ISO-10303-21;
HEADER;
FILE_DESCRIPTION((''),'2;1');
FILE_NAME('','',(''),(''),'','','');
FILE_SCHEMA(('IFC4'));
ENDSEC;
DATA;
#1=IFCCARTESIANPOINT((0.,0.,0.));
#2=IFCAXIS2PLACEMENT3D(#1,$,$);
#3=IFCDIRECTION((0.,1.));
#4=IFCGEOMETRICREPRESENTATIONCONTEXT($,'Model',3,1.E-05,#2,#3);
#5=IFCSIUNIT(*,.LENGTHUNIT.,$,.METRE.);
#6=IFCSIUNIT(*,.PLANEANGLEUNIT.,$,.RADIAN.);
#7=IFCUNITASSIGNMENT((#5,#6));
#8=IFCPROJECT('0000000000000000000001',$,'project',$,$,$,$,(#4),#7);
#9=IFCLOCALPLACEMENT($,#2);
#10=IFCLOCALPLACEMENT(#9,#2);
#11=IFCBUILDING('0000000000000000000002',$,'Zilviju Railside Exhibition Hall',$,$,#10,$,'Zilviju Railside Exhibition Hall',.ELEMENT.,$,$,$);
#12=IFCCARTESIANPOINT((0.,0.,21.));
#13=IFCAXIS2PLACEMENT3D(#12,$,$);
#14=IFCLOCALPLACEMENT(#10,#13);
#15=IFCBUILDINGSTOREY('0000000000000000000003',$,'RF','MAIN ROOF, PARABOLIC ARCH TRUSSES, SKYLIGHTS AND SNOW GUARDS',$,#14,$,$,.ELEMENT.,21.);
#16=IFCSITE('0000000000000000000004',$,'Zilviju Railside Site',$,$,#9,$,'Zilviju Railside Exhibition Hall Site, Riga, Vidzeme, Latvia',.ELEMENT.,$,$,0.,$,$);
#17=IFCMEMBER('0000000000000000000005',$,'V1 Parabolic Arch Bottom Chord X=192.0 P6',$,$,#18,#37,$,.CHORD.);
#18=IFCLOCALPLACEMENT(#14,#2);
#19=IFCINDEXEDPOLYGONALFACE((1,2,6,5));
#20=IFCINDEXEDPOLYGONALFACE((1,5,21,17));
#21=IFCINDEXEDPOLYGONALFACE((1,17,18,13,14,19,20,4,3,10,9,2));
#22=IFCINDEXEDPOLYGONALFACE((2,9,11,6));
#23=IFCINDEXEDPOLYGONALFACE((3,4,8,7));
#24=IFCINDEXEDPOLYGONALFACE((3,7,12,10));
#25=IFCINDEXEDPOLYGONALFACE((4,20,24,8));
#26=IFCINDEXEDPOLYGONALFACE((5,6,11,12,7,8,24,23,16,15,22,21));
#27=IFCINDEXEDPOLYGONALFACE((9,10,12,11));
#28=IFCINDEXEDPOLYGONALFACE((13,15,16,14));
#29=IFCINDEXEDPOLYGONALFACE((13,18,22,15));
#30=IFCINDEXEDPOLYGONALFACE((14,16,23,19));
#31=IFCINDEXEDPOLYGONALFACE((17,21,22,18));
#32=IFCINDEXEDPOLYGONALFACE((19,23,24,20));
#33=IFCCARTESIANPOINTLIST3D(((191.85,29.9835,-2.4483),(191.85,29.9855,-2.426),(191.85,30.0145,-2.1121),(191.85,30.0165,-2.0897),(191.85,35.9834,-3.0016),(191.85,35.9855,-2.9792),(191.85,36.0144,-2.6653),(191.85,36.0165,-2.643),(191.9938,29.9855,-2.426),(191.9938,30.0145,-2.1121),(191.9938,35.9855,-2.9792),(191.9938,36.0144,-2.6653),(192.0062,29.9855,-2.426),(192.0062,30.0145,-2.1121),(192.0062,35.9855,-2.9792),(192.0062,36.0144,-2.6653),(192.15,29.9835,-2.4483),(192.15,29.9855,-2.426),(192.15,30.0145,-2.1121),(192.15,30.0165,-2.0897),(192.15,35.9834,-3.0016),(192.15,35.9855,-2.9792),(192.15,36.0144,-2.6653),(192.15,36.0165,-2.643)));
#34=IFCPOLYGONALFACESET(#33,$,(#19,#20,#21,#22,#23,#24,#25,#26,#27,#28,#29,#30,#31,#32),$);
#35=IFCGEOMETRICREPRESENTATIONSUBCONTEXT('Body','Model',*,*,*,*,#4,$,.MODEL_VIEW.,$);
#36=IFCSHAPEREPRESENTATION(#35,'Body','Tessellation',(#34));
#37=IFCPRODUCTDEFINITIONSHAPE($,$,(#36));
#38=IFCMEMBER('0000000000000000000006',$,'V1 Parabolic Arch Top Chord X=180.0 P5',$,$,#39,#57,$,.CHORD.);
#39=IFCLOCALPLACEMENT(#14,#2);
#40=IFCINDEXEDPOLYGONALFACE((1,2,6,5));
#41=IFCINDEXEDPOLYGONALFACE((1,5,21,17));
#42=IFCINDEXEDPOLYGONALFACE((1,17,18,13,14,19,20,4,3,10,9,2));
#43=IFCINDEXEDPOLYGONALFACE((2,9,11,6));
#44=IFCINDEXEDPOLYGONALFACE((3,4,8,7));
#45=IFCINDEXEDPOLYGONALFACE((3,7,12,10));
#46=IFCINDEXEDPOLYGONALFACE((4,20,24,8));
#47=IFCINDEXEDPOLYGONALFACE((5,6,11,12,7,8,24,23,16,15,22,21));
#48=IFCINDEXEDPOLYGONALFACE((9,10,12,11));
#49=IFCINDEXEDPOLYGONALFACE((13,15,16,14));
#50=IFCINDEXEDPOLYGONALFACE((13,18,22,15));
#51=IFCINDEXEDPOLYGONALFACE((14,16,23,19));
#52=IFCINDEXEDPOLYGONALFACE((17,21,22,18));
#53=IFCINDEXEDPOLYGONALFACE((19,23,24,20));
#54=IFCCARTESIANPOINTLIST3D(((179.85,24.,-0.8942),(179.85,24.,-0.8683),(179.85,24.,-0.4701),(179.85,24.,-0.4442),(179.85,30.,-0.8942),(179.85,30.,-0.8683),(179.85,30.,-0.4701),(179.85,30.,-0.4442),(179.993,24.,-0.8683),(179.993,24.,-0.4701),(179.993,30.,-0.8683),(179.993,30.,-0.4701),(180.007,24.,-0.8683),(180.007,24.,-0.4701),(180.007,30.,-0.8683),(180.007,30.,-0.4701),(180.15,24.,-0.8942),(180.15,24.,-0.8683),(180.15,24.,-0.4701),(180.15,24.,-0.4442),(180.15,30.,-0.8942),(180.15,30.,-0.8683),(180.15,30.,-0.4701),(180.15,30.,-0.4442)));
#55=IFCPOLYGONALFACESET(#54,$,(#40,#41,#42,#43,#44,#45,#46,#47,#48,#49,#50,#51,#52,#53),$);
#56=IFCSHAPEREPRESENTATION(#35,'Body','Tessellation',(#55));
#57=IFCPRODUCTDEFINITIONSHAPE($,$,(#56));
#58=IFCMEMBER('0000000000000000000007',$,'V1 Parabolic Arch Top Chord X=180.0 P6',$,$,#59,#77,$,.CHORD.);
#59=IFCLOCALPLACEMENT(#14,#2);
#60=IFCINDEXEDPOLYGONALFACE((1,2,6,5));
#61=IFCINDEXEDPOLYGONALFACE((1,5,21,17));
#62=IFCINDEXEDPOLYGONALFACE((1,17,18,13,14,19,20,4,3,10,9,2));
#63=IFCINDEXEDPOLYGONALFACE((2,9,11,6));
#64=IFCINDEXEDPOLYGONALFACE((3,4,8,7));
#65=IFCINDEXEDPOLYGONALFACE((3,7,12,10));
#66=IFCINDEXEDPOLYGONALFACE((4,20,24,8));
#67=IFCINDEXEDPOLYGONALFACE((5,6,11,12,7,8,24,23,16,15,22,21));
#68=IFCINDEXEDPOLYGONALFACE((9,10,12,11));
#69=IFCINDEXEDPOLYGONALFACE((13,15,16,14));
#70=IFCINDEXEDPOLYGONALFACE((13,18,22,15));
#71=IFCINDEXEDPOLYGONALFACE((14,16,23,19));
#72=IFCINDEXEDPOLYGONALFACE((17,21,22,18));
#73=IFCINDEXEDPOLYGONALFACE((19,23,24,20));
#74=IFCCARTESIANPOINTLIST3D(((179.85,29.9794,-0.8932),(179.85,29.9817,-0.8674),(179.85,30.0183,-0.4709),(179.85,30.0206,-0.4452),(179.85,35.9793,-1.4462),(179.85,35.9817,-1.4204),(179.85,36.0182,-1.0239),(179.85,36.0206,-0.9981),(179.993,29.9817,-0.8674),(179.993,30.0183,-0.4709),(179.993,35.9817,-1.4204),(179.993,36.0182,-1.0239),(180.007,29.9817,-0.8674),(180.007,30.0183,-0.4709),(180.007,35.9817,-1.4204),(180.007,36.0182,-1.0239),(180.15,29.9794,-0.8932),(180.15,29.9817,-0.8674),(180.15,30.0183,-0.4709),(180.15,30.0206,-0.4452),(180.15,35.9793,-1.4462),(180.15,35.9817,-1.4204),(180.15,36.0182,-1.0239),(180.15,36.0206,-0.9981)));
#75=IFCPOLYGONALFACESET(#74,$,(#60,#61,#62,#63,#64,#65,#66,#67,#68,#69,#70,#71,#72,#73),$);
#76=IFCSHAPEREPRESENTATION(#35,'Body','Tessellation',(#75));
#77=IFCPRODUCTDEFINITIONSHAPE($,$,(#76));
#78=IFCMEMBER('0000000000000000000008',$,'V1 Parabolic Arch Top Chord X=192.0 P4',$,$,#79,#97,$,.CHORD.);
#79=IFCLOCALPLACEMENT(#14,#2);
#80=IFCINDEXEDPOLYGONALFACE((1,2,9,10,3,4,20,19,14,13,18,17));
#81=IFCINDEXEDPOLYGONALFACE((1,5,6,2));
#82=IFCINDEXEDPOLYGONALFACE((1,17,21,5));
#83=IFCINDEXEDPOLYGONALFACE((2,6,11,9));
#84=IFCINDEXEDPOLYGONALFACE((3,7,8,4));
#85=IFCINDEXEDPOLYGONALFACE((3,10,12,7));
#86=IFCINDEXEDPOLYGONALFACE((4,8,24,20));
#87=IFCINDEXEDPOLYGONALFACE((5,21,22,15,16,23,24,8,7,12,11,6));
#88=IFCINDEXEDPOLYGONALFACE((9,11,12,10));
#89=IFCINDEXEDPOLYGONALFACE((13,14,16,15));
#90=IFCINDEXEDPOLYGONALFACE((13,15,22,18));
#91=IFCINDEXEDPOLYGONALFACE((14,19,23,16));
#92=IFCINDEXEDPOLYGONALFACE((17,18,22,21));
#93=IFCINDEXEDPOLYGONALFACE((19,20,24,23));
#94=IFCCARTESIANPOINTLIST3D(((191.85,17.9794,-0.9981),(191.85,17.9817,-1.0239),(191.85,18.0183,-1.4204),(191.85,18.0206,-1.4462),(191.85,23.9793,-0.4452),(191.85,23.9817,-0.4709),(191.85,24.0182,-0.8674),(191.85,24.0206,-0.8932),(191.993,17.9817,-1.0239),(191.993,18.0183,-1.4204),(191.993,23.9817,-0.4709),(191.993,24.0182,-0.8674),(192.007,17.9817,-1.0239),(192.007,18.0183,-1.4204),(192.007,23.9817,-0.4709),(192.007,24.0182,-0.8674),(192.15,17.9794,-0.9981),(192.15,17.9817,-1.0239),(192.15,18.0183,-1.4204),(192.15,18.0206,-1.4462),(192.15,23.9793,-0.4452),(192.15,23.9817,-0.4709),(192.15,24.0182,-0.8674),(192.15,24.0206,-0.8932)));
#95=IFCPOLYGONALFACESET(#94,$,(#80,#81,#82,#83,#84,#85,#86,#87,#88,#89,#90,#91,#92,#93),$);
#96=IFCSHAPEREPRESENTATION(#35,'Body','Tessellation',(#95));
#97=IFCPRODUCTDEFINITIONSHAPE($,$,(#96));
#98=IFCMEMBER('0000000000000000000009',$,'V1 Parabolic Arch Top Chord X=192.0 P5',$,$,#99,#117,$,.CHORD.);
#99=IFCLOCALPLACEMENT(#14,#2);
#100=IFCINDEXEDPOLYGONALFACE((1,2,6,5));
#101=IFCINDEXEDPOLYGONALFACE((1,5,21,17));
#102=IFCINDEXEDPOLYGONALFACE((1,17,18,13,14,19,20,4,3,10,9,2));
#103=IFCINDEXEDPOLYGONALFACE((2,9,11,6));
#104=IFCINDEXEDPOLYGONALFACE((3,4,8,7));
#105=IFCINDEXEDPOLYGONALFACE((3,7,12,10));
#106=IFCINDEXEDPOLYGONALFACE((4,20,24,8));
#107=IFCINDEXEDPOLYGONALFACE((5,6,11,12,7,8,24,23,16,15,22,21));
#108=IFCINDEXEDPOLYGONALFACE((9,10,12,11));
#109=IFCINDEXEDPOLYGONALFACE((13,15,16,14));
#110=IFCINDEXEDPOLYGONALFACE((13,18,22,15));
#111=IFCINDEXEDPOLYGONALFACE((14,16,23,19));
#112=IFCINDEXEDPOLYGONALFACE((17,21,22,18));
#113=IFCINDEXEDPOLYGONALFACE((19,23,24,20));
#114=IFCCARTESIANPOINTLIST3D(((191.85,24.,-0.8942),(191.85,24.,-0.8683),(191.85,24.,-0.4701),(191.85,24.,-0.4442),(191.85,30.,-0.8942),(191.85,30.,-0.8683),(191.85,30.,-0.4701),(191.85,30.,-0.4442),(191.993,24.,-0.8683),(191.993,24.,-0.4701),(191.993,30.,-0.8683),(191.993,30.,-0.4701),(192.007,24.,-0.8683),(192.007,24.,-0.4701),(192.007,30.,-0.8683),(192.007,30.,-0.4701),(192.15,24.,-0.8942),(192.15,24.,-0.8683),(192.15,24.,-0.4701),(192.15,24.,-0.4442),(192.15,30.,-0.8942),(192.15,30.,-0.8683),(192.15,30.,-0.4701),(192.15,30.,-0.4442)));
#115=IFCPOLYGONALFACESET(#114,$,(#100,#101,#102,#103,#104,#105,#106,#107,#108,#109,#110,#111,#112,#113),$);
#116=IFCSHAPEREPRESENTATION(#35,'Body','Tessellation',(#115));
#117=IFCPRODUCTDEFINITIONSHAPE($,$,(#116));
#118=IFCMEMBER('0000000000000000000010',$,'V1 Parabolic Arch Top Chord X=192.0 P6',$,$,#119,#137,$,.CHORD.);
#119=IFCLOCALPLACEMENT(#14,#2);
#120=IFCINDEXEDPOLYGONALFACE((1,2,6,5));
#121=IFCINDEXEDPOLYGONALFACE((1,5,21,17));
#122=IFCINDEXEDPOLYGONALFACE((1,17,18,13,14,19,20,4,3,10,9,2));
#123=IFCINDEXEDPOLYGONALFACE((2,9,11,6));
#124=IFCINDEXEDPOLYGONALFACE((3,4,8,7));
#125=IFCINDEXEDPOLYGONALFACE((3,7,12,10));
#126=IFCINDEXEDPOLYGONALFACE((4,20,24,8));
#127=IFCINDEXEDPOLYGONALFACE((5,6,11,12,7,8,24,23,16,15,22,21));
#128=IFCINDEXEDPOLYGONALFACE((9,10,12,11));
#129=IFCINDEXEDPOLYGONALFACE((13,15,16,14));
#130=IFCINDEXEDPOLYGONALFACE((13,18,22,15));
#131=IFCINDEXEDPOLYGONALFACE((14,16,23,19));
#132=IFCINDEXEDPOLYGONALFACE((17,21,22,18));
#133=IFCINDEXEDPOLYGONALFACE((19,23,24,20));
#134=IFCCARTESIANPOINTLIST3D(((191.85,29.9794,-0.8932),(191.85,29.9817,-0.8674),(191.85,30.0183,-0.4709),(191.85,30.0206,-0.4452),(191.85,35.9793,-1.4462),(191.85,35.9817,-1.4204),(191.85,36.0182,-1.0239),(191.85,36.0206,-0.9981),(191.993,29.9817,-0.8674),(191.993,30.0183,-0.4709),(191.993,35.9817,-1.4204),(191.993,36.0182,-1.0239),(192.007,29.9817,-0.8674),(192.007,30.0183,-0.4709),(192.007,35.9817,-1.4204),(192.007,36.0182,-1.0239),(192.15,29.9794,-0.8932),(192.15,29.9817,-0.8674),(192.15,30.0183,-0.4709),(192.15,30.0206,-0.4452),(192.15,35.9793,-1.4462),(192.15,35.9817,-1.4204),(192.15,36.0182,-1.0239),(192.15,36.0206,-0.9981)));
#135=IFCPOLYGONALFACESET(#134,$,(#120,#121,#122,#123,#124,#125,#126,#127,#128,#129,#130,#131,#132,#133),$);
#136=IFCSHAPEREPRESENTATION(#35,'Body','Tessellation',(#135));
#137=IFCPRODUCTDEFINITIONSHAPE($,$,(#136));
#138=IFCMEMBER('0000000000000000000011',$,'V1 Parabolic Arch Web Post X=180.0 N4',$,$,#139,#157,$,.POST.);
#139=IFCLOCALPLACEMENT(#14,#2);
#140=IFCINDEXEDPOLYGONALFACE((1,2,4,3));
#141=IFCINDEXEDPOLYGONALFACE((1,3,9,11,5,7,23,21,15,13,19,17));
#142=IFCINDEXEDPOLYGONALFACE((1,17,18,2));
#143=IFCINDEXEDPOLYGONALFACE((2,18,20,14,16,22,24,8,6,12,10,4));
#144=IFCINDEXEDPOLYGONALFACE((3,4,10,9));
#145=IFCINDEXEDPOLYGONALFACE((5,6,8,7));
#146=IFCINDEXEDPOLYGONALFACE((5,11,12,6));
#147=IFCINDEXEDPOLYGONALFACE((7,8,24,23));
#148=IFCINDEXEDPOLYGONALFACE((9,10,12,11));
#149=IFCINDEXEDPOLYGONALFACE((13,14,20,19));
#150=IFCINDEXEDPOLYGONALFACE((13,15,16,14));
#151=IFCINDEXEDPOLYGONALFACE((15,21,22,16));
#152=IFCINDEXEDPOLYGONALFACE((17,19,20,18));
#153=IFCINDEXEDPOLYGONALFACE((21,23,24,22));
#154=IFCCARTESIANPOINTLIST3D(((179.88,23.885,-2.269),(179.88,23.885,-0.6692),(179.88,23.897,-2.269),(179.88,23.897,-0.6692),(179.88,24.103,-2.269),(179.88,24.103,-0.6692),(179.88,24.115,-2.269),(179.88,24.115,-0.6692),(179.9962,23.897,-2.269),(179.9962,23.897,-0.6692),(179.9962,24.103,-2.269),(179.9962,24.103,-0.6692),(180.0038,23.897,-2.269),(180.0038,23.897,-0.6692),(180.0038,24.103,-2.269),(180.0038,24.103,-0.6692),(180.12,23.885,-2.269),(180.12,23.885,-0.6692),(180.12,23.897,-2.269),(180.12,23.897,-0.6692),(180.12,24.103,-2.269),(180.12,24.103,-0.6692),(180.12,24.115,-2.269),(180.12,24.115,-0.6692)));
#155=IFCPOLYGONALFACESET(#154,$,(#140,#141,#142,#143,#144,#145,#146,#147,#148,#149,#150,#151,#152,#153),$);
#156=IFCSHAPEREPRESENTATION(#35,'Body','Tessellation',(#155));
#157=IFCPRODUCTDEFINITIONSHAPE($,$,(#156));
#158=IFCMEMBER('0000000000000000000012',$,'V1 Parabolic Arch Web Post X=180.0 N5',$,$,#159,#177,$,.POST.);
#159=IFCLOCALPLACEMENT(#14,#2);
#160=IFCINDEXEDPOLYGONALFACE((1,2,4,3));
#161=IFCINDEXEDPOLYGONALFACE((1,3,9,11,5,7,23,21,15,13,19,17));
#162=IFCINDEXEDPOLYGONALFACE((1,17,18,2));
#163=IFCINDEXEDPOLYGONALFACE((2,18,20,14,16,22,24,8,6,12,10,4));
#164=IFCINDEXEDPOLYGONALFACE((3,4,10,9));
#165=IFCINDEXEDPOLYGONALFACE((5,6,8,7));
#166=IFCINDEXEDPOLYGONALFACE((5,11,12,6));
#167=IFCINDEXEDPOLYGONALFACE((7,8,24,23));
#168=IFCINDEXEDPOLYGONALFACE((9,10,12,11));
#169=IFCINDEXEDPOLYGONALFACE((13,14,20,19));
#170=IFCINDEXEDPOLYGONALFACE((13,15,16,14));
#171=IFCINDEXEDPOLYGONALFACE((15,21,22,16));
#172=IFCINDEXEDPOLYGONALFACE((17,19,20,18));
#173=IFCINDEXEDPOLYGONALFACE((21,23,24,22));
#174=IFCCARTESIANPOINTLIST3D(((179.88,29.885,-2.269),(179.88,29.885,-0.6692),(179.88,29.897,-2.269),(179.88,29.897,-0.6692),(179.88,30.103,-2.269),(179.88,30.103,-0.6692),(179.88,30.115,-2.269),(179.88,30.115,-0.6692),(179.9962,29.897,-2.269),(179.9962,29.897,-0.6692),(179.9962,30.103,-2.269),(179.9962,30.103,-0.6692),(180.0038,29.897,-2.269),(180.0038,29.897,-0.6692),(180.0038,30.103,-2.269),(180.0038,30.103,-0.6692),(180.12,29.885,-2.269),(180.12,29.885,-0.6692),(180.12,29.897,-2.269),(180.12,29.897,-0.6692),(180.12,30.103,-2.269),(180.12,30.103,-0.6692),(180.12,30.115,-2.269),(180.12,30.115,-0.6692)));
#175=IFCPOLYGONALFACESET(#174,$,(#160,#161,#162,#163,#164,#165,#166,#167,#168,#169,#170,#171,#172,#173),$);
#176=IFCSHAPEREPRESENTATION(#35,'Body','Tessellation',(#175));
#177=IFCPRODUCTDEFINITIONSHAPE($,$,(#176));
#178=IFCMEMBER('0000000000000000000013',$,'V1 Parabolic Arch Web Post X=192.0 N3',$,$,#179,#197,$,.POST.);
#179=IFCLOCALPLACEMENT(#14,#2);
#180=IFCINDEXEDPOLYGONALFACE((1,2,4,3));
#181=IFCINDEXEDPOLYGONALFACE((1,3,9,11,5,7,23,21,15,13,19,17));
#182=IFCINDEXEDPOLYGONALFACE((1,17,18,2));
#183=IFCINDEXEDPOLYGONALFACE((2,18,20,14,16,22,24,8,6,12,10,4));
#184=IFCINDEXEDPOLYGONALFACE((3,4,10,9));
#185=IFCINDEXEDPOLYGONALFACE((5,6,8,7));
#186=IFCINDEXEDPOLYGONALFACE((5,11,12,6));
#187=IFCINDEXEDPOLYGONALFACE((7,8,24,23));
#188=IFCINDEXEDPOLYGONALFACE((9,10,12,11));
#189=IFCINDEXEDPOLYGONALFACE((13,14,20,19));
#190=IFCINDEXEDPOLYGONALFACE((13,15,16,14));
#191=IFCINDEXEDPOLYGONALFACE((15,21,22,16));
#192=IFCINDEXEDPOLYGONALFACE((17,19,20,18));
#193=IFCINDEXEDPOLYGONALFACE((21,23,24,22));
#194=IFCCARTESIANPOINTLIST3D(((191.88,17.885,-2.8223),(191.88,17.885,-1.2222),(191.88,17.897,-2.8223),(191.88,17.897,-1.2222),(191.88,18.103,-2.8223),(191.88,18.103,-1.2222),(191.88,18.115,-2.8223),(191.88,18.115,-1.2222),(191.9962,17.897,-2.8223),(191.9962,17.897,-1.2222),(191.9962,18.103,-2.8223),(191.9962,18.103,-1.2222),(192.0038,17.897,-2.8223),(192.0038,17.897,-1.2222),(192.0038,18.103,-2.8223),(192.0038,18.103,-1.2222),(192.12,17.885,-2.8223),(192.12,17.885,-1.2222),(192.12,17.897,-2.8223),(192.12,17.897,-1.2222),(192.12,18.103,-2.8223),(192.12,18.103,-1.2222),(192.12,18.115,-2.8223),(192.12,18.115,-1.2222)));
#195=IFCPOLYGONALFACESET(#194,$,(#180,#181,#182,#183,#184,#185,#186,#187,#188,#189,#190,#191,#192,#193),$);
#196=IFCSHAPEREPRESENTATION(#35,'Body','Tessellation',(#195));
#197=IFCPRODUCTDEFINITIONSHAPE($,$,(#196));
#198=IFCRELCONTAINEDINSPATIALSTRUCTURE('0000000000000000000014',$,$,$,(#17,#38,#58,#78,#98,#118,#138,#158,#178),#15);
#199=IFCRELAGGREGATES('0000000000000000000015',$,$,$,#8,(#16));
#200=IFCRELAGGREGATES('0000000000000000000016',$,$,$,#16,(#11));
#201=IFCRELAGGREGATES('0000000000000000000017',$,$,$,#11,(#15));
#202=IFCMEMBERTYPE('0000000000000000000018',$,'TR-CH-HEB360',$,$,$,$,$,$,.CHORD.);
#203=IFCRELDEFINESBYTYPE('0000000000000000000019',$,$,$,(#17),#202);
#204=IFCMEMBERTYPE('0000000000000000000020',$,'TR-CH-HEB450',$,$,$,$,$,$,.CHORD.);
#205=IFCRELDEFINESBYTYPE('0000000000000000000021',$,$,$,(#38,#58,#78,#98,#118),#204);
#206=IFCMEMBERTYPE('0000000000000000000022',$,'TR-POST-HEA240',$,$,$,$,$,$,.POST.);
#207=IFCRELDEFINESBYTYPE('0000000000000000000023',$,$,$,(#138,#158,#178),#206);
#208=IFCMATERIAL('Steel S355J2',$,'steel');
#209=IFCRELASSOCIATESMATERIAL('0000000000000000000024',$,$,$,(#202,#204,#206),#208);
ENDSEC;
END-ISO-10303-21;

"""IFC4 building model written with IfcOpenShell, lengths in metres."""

from ifc_helpers import new_model, si_unit, direction, frame, origin, origin_2d, place, context, subcontext, project, spatial, i_section, extrude, material, material_profile, profile_set, type_object, element, save


model = new_model("IFC4")

# Units and contexts
model_context = context("Model", 3, precision=1e-05, world=origin(), true_north=direction((0.0, 1.0)))
body_context = subcontext(model_context, "Body", "Model", "MODEL_VIEW")
ifc_project = project(units=[si_unit("LENGTHUNIT", "METRE"), si_unit("PLANEANGLEUNIT", "RADIAN")], contexts=[model_context])

# Site, building, storey
site_placement = place(None, origin())
site = spatial("IfcSite", under=ifc_project, at=site_placement, Name="Zilviju Railside Site", LongName="Zilviju Railside Exhibition Hall Site, Riga, Vidzeme, Latvia", CompositionType="ELEMENT", RefElevation=0.0)
building_placement = place(site_placement, origin())
building = spatial("IfcBuilding", under=site, at=building_placement, Name="Zilviju Railside Exhibition Hall", LongName="Zilviju Railside Exhibition Hall", CompositionType="ELEMENT")
storey_placement = place(building_placement, frame((0.0, 0.0, 21.0)))
storey = spatial("IfcBuildingStorey", under=building, at=storey_placement, Name="RF", Description="MAIN ROOF, PARABOLIC ARCH TRUSSES, SKYLIGHTS AND SNOW GUARDS", CompositionType="ELEMENT", Elevation=21.0)

# Members
ifc_material_1 = material(Name="Steel S355J2", Category="steel")
ifc_material_profile_1 = material_profile(ifc_material_1, i_section(OverallWidth=0.3, OverallDepth=0.3601, WebThickness=0.0125, FlangeThickness=0.0225, at=origin_2d()), Name="HEB 360")
ifc_profile_set_1 = profile_set([ifc_material_profile_1], Name="Steel S355J2")
member_type_1 = type_object("IfcMemberType", Name="TR-CH-HEB360", PredefinedType="CHORD", material=ifc_profile_set_1)
member_1_placement = place(storey_placement, frame((192.0, 30.0, -2.269), z_axis=(0.0, 0.995776, -0.091814), x_axis=(-1.0, 0.0, 0.0)))
element("IfcMember", 1, at=member_1_placement, inside=storey, type_object=member_type_1, Name="V1 Parabolic Arch Bottom Chord X=192.0 P6", PredefinedType="CHORD", context=body_context, shape_type="SweptSolid", body=[
    extrude(i_section(OverallWidth=0.3, OverallDepth=0.3601, WebThickness=0.0125, FlangeThickness=0.0225, at=origin_2d()), origin(), (0.0, 0.0, 1.0), 6.0254),
])
ifc_material_profile_2 = material_profile(ifc_material_1, i_section(OverallWidth=0.3, OverallDepth=0.45, WebThickness=0.0139, FlangeThickness=0.0259, at=origin_2d()), Name="HEB 450")
ifc_profile_set_2 = profile_set([ifc_material_profile_2], Name="Steel S355J2")
member_type_2 = type_object("IfcMemberType", Name="TR-CH-HEB450", PredefinedType="CHORD", material=ifc_profile_set_2)
member_2_placement = place(storey_placement, frame((180.0, 24.0, -0.6692), z_axis=(0.0, 1.0, 0.0), x_axis=(-1.0, 0.0, 0.0)))
element("IfcMember", 2, at=member_2_placement, inside=storey, type_object=member_type_2, Name="V1 Parabolic Arch Top Chord X=180.0 P5", PredefinedType="CHORD", context=body_context, shape_type="SweptSolid", body=[
    extrude(i_section(OverallWidth=0.3, OverallDepth=0.45, WebThickness=0.0139, FlangeThickness=0.0259, at=origin_2d()), origin(), (0.0, 0.0, 1.0), 6.0),
])
for number, where, z_axis, x_axis, name in (
    (3, (180.0, 30.0, -0.6692), (0.0, 0.99578, -0.091774), (-1.0, 0.0, 0.0), "V1 Parabolic Arch Top Chord X=180.0 P6"),
    (4, (192.0, 18.0, -1.2222), (0.0, 0.99578, 0.091774), (-1.0, 0.0, 0.0), "V1 Parabolic Arch Top Chord X=192.0 P4"),
):
    element("IfcMember", number, at=place(storey_placement, frame(where, z_axis=z_axis, x_axis=x_axis)), inside=storey, type_object=member_type_2, Name=name, PredefinedType="CHORD", context=body_context, shape_type="SweptSolid", body=[
        extrude(i_section(OverallWidth=0.3, OverallDepth=0.45, WebThickness=0.0139, FlangeThickness=0.0259, at=origin_2d()), origin(), (0.0, 0.0, 1.0), 6.0254),
    ])
member_3_placement = place(storey_placement, frame((192.0, 24.0, -0.6692), z_axis=(0.0, 1.0, 0.0), x_axis=(-1.0, 0.0, 0.0)))
element("IfcMember", 5, at=member_3_placement, inside=storey, type_object=member_type_2, Name="V1 Parabolic Arch Top Chord X=192.0 P5", PredefinedType="CHORD", context=body_context, shape_type="SweptSolid", body=[
    extrude(i_section(OverallWidth=0.3, OverallDepth=0.45, WebThickness=0.0139, FlangeThickness=0.0259, at=origin_2d()), origin(), (0.0, 0.0, 1.0), 6.0),
])
member_4_placement = place(storey_placement, frame((192.0, 30.0, -0.6692), z_axis=(0.0, 0.99578, -0.091774), x_axis=(-1.0, 0.0, 0.0)))
element("IfcMember", 6, at=member_4_placement, inside=storey, type_object=member_type_2, Name="V1 Parabolic Arch Top Chord X=192.0 P6", PredefinedType="CHORD", context=body_context, shape_type="SweptSolid", body=[
    extrude(i_section(OverallWidth=0.3, OverallDepth=0.45, WebThickness=0.0139, FlangeThickness=0.0259, at=origin_2d()), origin(), (0.0, 0.0, 1.0), 6.0254),
])
ifc_material_profile_3 = material_profile(ifc_material_1, i_section(OverallWidth=0.24, OverallDepth=0.23, WebThickness=0.0076, FlangeThickness=0.012, at=origin_2d()), Name="HEA 240")
ifc_profile_set_3 = profile_set([ifc_material_profile_3], Name="Steel S355J2")
member_type_3 = type_object("IfcMemberType", Name="TR-POST-HEA240", PredefinedType="POST", material=ifc_profile_set_3)
for number, where, z_axis, x_axis, name in (
    (7, (180.0, 24.0, -2.269), (0.0, 0.0, 1.0), (1.0, 0.0, 0.0), "V1 Parabolic Arch Web Post X=180.0 N4"),
    (8, (180.0, 30.0, -2.269), (0.0, 0.0, 1.0), (1.0, 0.0, 0.0), "V1 Parabolic Arch Web Post X=180.0 N5"),
):
    element("IfcMember", number, at=place(storey_placement, frame(where, z_axis=z_axis, x_axis=x_axis)), inside=storey, type_object=member_type_3, Name=name, PredefinedType="POST", context=body_context, shape_type="SweptSolid", body=[
        extrude(i_section(OverallWidth=0.24, OverallDepth=0.23, WebThickness=0.0076, FlangeThickness=0.012, at=origin_2d()), origin(), (0.0, 0.0, 1.0), 1.5999),
    ])
member_5_placement = place(storey_placement, frame((192.0, 18.0, -2.8223), z_axis=(0.0, 0.0, 1.0), x_axis=(1.0, 0.0, 0.0)))
element("IfcMember", 9, at=member_5_placement, inside=storey, type_object=member_type_3, Name="V1 Parabolic Arch Web Post X=192.0 N3", PredefinedType="POST", context=body_context, shape_type="SweptSolid", body=[
    extrude(i_section(OverallWidth=0.24, OverallDepth=0.23, WebThickness=0.0076, FlangeThickness=0.012, at=origin_2d()), origin(), (0.0, 0.0, 1.0), 1.6001),
])

save(model, "model.ifc")
